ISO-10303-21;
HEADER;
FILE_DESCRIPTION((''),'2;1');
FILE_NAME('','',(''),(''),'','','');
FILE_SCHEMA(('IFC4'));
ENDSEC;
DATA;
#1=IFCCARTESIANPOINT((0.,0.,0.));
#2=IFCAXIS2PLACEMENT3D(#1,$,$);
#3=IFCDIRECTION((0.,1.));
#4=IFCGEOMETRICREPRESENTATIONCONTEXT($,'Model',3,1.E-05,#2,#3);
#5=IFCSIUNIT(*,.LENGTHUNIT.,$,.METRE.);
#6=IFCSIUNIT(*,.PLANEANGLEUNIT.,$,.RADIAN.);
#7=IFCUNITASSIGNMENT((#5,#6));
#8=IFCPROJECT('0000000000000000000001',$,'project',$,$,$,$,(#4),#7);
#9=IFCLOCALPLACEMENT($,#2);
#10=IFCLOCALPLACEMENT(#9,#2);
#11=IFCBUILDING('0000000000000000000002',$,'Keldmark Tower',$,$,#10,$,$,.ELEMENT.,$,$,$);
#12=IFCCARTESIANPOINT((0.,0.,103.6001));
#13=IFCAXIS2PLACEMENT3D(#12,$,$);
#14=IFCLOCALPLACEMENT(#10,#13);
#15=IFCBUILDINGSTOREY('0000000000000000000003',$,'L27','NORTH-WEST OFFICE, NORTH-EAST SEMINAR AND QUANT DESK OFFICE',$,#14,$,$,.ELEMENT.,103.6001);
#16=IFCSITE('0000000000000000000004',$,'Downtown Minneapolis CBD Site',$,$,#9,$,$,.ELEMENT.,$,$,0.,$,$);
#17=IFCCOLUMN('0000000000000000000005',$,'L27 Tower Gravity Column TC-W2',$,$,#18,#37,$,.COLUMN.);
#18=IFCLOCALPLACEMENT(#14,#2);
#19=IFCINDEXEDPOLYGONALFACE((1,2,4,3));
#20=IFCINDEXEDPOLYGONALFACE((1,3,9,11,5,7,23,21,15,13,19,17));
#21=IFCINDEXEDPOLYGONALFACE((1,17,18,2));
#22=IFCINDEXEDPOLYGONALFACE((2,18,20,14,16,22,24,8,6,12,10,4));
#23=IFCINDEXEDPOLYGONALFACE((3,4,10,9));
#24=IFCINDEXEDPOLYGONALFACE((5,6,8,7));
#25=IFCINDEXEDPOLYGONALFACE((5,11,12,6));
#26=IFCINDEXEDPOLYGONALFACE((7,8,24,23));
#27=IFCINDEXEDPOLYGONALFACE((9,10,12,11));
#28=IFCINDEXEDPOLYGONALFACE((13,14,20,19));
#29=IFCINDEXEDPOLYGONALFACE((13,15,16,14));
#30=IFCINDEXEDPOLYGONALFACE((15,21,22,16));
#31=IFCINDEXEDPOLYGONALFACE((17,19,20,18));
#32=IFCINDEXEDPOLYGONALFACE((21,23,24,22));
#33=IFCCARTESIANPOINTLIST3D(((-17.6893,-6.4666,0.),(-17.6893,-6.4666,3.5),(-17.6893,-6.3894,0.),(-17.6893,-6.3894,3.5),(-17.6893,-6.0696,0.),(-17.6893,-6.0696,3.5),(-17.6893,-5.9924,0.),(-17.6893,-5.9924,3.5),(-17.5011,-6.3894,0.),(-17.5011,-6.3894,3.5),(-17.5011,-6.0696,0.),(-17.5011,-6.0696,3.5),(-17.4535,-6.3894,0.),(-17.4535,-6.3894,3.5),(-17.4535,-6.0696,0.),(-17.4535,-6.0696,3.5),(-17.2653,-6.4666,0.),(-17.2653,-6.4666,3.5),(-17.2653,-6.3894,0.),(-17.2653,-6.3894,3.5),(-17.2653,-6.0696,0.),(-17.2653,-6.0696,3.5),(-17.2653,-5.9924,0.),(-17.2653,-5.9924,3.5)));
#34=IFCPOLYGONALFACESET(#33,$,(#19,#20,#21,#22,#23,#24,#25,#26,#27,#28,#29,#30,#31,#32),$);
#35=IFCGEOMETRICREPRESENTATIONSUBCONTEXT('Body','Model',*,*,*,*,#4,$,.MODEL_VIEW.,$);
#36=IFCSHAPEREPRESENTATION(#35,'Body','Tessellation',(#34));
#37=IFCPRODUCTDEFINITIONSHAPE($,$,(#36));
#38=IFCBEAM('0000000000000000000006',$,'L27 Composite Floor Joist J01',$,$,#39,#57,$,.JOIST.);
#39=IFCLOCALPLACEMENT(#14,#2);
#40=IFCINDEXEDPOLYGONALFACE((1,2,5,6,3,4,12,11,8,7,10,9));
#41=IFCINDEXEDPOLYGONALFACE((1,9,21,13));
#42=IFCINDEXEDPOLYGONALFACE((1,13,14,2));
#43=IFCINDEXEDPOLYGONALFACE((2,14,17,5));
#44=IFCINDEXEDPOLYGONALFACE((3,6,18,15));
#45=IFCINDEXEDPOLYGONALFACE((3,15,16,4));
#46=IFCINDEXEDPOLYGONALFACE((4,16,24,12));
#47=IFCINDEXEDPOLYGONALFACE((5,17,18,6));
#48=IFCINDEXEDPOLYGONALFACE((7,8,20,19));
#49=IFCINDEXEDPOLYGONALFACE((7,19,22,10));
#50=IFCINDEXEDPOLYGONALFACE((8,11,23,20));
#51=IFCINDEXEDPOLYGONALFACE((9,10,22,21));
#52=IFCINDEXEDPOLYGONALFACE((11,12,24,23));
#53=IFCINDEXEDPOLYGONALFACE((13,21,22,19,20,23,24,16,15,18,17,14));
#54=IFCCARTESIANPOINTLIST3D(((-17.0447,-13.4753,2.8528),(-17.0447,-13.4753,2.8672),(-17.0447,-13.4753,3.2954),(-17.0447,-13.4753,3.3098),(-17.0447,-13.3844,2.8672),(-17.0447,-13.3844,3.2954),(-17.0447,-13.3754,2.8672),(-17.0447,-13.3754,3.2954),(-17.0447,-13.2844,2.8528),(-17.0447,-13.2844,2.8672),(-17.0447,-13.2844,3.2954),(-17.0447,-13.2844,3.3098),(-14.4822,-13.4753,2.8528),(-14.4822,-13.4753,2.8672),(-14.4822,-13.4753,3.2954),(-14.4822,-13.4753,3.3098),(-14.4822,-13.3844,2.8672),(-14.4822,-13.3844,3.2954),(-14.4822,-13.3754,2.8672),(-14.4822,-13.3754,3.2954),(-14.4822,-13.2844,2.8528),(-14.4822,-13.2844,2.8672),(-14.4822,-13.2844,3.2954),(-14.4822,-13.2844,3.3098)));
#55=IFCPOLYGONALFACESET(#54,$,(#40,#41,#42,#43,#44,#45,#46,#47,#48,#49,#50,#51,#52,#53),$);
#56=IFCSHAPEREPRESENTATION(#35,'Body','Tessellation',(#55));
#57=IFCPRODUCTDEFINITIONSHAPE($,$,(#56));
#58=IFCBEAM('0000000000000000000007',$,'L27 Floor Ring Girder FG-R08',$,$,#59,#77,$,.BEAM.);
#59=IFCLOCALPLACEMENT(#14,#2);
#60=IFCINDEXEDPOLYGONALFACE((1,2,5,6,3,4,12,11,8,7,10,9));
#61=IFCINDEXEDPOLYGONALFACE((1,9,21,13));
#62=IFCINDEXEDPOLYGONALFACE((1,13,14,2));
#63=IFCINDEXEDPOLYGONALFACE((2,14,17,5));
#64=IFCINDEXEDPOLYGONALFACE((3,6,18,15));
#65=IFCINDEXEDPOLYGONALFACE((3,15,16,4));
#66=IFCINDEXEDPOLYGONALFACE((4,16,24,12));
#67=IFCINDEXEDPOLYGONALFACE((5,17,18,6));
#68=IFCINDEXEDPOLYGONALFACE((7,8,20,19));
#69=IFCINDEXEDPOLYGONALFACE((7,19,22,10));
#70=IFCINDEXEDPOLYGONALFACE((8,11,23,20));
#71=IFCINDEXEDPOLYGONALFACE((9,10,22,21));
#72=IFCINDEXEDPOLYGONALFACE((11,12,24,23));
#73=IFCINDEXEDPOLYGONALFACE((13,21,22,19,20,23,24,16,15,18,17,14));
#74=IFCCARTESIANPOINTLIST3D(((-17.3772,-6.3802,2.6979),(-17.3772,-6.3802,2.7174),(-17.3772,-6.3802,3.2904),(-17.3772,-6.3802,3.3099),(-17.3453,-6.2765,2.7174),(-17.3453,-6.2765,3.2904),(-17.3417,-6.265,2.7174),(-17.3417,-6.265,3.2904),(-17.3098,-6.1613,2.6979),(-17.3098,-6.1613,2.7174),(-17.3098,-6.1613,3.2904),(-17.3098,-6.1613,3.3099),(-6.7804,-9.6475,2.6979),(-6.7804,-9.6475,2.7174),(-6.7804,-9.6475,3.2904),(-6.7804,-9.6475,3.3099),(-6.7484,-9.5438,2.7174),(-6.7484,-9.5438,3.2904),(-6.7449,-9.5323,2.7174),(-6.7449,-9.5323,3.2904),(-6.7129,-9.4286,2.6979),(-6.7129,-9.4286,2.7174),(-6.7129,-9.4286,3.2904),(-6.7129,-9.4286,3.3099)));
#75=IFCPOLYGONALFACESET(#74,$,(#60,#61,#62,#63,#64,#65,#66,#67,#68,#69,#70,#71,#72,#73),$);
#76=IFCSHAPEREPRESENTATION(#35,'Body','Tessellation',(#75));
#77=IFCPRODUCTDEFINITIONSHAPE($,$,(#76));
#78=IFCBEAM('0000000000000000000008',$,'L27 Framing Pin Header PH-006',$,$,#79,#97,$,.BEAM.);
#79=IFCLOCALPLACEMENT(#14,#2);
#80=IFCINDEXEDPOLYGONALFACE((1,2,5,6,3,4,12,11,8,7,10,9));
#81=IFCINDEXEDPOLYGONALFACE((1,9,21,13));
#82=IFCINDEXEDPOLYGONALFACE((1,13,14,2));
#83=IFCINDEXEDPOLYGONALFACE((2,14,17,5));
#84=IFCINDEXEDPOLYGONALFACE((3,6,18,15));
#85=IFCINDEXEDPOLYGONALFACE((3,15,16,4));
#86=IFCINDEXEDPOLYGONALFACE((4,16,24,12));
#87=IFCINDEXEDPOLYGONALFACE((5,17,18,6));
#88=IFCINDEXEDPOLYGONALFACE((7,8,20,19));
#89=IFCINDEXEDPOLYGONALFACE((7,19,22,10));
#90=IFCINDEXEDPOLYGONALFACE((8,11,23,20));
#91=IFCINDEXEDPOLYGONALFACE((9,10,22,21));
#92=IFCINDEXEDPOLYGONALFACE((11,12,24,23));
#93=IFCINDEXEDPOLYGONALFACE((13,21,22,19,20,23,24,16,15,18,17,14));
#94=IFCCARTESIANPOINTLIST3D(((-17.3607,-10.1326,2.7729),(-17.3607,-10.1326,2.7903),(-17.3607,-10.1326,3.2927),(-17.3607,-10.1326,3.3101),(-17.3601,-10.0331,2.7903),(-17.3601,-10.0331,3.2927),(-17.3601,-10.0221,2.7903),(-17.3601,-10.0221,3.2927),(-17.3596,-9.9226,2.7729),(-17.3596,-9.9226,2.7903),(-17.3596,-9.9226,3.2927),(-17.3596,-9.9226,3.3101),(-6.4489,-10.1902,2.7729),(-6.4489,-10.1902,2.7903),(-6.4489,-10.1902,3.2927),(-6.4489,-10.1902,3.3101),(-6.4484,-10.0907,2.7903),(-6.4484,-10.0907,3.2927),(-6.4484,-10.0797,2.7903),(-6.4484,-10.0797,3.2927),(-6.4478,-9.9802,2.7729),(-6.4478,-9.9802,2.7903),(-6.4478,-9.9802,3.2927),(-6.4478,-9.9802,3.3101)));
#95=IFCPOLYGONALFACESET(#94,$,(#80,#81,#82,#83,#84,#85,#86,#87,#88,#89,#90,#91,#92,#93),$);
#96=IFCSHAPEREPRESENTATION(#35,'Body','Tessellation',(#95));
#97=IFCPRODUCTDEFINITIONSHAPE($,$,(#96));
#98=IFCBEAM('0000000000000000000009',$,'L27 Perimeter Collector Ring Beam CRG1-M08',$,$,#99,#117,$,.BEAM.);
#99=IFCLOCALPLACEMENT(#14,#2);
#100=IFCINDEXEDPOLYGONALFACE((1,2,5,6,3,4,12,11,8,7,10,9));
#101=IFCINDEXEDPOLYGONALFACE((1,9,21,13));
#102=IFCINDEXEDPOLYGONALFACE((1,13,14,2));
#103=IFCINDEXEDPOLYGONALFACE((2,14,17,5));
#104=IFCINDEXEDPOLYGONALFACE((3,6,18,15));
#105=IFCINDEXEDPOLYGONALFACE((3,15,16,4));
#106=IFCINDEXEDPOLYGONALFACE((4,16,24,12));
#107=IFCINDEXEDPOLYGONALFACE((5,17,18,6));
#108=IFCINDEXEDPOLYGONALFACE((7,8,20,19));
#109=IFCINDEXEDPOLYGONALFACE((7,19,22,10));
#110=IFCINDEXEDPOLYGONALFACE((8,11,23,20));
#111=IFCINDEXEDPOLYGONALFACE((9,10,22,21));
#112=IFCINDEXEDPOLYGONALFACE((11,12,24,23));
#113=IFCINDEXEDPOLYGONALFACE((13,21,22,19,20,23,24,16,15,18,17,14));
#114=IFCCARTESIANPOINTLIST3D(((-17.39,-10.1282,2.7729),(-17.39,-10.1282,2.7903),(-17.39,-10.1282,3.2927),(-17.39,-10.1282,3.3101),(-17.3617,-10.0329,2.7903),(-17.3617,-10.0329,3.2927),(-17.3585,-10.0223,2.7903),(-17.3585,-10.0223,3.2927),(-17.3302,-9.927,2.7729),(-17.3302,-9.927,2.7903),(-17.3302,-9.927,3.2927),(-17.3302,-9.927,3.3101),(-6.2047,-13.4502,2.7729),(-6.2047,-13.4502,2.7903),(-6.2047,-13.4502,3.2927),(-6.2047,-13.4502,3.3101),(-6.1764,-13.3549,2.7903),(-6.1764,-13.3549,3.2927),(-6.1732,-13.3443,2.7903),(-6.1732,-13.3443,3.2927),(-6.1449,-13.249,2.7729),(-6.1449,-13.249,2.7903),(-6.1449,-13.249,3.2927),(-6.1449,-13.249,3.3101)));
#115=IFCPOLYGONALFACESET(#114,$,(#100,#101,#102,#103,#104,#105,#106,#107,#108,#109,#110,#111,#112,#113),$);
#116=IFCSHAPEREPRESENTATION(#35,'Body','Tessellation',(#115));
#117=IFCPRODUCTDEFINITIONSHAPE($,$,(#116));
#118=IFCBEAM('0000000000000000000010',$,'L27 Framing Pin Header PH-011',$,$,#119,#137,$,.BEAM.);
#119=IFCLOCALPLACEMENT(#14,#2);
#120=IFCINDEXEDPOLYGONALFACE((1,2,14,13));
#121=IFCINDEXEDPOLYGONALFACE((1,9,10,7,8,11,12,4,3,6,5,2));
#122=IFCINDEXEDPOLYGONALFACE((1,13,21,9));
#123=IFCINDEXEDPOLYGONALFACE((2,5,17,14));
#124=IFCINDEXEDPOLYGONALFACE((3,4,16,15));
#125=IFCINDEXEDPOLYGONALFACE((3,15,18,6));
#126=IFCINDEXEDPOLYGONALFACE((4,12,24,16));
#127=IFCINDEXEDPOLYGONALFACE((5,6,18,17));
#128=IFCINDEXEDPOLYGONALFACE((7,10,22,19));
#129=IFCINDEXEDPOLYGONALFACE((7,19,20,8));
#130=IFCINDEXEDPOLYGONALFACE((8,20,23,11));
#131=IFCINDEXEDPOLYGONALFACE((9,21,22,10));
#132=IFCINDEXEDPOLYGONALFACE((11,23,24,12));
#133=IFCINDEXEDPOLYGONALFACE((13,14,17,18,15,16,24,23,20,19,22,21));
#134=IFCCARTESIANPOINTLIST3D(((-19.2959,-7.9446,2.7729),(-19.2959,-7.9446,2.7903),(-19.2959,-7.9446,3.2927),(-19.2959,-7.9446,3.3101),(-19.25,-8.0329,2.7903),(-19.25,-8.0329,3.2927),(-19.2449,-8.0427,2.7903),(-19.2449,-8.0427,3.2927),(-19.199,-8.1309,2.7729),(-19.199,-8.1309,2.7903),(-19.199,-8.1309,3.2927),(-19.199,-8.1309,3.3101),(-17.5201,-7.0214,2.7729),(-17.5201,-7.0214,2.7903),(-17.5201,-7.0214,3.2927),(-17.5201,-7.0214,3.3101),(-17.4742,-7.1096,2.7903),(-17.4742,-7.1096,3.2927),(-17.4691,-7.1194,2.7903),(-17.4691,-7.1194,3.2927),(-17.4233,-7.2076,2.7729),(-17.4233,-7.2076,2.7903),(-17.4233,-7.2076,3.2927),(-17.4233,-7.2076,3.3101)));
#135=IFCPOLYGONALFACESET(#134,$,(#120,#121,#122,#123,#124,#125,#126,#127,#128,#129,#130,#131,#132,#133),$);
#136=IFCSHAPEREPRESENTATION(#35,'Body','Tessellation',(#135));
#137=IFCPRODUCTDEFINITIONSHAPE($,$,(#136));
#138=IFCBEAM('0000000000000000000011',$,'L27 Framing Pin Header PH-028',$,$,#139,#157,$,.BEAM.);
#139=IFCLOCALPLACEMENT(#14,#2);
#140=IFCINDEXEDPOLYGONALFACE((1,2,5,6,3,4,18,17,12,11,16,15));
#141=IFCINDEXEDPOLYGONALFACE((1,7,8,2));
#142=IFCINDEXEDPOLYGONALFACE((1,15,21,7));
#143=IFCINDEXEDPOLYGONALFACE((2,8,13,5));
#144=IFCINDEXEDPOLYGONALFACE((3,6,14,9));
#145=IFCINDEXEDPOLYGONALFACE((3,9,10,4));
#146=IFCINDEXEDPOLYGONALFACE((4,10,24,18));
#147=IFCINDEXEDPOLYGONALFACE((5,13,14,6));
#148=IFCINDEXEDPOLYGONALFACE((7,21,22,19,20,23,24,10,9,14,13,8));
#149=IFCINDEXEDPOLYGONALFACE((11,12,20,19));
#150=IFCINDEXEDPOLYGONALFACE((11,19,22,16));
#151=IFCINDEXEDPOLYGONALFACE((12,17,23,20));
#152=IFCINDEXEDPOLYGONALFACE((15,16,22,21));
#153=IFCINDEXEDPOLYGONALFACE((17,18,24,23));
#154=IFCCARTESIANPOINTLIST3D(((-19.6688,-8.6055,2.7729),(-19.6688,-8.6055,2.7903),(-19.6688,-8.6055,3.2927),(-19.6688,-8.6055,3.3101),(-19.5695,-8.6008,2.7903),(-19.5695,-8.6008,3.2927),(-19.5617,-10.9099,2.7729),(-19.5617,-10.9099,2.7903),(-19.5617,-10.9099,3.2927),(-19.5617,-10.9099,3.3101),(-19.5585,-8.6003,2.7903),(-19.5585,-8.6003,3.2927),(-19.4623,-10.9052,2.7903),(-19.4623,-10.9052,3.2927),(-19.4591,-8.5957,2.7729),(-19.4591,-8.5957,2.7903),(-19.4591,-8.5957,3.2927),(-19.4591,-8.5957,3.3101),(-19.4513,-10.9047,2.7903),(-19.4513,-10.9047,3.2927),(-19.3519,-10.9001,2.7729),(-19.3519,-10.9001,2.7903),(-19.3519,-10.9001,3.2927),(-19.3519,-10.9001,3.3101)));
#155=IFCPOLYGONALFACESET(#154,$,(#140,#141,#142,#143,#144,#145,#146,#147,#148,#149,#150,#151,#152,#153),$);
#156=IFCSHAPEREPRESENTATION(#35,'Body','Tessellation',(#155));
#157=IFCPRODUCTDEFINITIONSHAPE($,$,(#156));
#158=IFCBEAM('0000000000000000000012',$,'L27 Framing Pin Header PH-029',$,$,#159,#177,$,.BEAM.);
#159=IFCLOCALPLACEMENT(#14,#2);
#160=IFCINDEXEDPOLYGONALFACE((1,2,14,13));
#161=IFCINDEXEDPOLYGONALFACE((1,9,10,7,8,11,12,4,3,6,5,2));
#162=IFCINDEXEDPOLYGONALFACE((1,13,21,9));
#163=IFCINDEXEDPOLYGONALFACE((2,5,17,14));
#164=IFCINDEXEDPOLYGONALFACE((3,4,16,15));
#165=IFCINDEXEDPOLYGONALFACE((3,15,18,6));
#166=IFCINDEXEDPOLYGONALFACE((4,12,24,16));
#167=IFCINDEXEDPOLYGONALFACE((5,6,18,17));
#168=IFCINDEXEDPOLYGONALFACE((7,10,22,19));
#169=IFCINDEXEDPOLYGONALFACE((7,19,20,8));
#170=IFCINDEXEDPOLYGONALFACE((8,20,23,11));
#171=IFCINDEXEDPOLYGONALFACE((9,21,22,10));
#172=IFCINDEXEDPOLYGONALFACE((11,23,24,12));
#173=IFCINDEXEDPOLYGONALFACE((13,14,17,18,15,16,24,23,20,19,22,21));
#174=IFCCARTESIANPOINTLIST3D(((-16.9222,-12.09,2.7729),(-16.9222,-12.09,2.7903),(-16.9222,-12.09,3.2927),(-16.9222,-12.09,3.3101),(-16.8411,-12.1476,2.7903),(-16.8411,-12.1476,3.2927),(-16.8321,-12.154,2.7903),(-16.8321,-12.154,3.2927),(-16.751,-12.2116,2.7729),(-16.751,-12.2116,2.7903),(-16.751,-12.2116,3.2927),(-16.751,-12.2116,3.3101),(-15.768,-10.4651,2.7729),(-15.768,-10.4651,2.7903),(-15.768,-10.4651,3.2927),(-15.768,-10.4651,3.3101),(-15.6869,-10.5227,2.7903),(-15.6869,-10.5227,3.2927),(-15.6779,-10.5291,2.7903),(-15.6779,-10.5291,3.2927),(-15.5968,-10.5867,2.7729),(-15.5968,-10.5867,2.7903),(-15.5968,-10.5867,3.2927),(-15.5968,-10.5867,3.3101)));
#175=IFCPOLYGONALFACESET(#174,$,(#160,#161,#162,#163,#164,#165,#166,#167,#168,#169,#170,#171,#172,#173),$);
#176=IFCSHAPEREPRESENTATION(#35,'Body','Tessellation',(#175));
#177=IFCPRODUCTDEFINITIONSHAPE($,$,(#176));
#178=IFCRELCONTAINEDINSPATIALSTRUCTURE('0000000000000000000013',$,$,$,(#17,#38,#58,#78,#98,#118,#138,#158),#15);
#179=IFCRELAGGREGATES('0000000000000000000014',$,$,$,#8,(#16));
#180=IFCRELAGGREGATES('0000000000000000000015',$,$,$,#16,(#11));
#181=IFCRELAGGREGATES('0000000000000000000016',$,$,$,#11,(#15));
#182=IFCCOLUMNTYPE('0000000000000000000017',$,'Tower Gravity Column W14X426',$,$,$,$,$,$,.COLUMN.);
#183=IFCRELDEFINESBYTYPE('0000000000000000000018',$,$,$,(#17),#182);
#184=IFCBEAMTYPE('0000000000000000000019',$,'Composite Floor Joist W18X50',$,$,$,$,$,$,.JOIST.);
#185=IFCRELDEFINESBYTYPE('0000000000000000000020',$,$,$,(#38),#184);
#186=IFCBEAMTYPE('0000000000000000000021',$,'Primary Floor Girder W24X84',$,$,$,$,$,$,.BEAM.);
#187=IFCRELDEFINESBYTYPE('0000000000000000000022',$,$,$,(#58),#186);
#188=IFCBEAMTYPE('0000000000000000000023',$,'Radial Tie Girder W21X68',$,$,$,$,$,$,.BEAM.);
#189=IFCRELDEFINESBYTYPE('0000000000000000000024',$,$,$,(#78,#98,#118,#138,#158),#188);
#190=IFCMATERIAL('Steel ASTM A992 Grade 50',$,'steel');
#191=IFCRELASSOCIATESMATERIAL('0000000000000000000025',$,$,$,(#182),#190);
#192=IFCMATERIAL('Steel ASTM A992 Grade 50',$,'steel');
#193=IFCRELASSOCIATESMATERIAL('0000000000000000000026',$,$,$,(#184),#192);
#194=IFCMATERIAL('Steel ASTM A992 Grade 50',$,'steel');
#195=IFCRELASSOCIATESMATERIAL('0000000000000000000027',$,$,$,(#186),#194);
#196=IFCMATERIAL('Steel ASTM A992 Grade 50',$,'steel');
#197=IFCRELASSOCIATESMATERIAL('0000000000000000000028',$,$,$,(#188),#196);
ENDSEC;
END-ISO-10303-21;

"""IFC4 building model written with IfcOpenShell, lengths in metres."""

from ifc_helpers import new_model, si_unit, direction, frame, origin, origin_2d, place, context, subcontext, project, spatial, i_section, extrude, material, material_profile, profile_set, type_object, element, save


model = new_model("IFC4")

# Units and contexts
model_context = context("Model", 3, precision=1e-05, world=origin(), true_north=direction((0.0, 1.0)))
body_context = subcontext(model_context, "Body", "Model", "MODEL_VIEW")
ifc_project = project(units=[si_unit("LENGTHUNIT", "METRE"), si_unit("PLANEANGLEUNIT", "RADIAN")], contexts=[model_context])

# Site, building, storey
site_placement = place(None, origin())
site = spatial("IfcSite", under=ifc_project, at=site_placement, Name="Downtown Minneapolis CBD Site", CompositionType="ELEMENT", RefElevation=0.0)
building_placement = place(site_placement, origin())
building = spatial("IfcBuilding", under=site, at=building_placement, Name="Keldmark Tower", CompositionType="ELEMENT")
storey_placement = place(building_placement, frame((0.0, 0.0, 103.6001)))
storey = spatial("IfcBuildingStorey", under=building, at=storey_placement, Name="L27", Description="NORTH-WEST OFFICE, NORTH-EAST SEMINAR AND QUANT DESK OFFICE", CompositionType="ELEMENT", Elevation=103.6001)

# Column
ifc_material_1 = material(Name="Steel ASTM A992 Grade 50", Category="steel")
ifc_material_profile_1 = material_profile(ifc_material_1, i_section(OverallWidth=0.4241, OverallDepth=0.4741, WebThickness=0.0476, FlangeThickness=0.0771, at=origin_2d()), Name="W14X426")
ifc_profile_set_1 = profile_set([ifc_material_profile_1], Name="Steel ASTM A992 Grade 50")
column_type = type_object("IfcColumnType", Name="Tower Gravity Column W14X426", PredefinedType="COLUMN", material=ifc_profile_set_1)
column_placement = place(storey_placement, frame((-17.4773, -6.2295, 0.0), z_axis=(0.0, 0.0, 1.0), x_axis=(1.0, 0.0, 0.0)))
element("IfcColumn", 1, at=column_placement, inside=storey, type_object=column_type, Name="L27 Tower Gravity Column TC-W2", PredefinedType="COLUMN", context=body_context, shape_type="SweptSolid", body=[
    extrude(i_section(OverallWidth=0.4241, OverallDepth=0.4741, WebThickness=0.0476, FlangeThickness=0.0771, at=origin_2d()), origin(), (0.0, 0.0, 1.0), 3.5),
])

# Beams
ifc_material_2 = material(Name="Steel ASTM A992 Grade 50", Category="steel")
ifc_material_profile_2 = material_profile(ifc_material_2, i_section(OverallWidth=0.1909, OverallDepth=0.457, WebThickness=0.009, FlangeThickness=0.0144, at=origin_2d()), Name="W18X50")
ifc_profile_set_2 = profile_set([ifc_material_profile_2], Name="Steel ASTM A992 Grade 50")
beam_type_1 = type_object("IfcBeamType", Name="Composite Floor Joist W18X50", PredefinedType="JOIST", material=ifc_profile_set_2)
beam_1_placement = place(storey_placement, frame((-17.0447, -13.3799, 3.0813), z_axis=(1.0, 0.0, 0.0), x_axis=(0.0, 1.0, 0.0)))
element("IfcBeam", 2, at=beam_1_placement, inside=storey, type_object=beam_type_1, Name="L27 Composite Floor Joist J01", PredefinedType="JOIST", context=body_context, shape_type="SweptSolid", body=[
    extrude(i_section(OverallWidth=0.1909, OverallDepth=0.457, WebThickness=0.009, FlangeThickness=0.0144, at=origin_2d()), origin(), (0.0, 0.0, 1.0), 2.5625),
])
ifc_material_3 = material(Name="Steel ASTM A992 Grade 50", Category="steel")
ifc_material_profile_3 = material_profile(ifc_material_3, i_section(OverallWidth=0.229, OverallDepth=0.6121, WebThickness=0.012, FlangeThickness=0.0195, at=origin_2d()), Name="W24X84")
ifc_profile_set_3 = profile_set([ifc_material_profile_3], Name="Steel ASTM A992 Grade 50")
beam_type_2 = type_object("IfcBeamType", Name="Primary Floor Girder W24X84", PredefinedType="BEAM", material=ifc_profile_set_3)
beam_2_placement = place(storey_placement, frame((-17.3435, -6.2708, 3.0039), z_axis=(0.955608, -0.294641, 0.0), x_axis=(0.294641, 0.955608, 0.0)))
element("IfcBeam", 3, at=beam_2_placement, inside=storey, type_object=beam_type_2, Name="L27 Floor Ring Girder FG-R08", PredefinedType="BEAM", context=body_context, shape_type="SweptSolid", body=[
    extrude(i_section(OverallWidth=0.229, OverallDepth=0.6121, WebThickness=0.012, FlangeThickness=0.0195, at=origin_2d()), origin(), (0.0, 0.0, 1.0), 11.0891),
])
ifc_material_4 = material(Name="Steel ASTM A992 Grade 50", Category="steel")
ifc_material_profile_4 = material_profile(ifc_material_4, i_section(OverallWidth=0.21, OverallDepth=0.5371, WebThickness=0.011, FlangeThickness=0.0173, at=origin_2d()), Name="W21X68")
ifc_profile_set_4 = profile_set([ifc_material_profile_4], Name="Steel ASTM A992 Grade 50")
beam_type_3 = type_object("IfcBeamType", Name="Radial Tie Girder W21X68", PredefinedType="BEAM", material=ifc_profile_set_4)
beam_3_placement = place(storey_placement, frame((-17.3601, -10.0276, 3.0415), z_axis=(0.999986, -0.00528, 0.0), x_axis=(0.00528, 0.999986, 0.0)))
element("IfcBeam", 4, at=beam_3_placement, inside=storey, type_object=beam_type_3, Name="L27 Framing Pin Header PH-006", PredefinedType="BEAM", context=body_context, shape_type="SweptSolid", body=[
    extrude(i_section(OverallWidth=0.21, OverallDepth=0.5371, WebThickness=0.011, FlangeThickness=0.0173, at=origin_2d()), origin(), (0.0, 0.0, 1.0), 10.9119),
])
beam_4_placement = place(storey_placement, frame((-17.3601, -10.0276, 3.0415), z_axis=(0.958614, -0.284707, 0.0), x_axis=(0.284707, 0.958614, 0.0)))
element("IfcBeam", 5, at=beam_4_placement, inside=storey, type_object=beam_type_3, Name="L27 Perimeter Collector Ring Beam CRG1-M08", PredefinedType="BEAM", context=body_context, shape_type="SweptSolid", body=[
    extrude(i_section(OverallWidth=0.21, OverallDepth=0.5371, WebThickness=0.011, FlangeThickness=0.0173, at=origin_2d()), origin(), (0.0, 0.0, 1.0), 11.6682),
])
beam_5_placement = place(storey_placement, frame((-17.4717, -7.1145, 3.0415), z_axis=(-0.887241, -0.461307, 0.0), x_axis=(0.461307, -0.887241, 0.0)))
element("IfcBeam", 6, at=beam_5_placement, inside=storey, type_object=beam_type_3, Name="L27 Framing Pin Header PH-011", PredefinedType="BEAM", context=body_context, shape_type="SweptSolid", body=[
    extrude(i_section(OverallWidth=0.21, OverallDepth=0.5371, WebThickness=0.011, FlangeThickness=0.0173, at=origin_2d()), origin(), (0.0, 0.0, 1.0), 2.0015),
])
beam_6_placement = place(storey_placement, frame((-19.564, -8.6006, 3.0415), z_axis=(0.046459, -0.99892, 0.0), x_axis=(0.99892, 0.046459, 0.0)))
element("IfcBeam", 7, at=beam_6_placement, inside=storey, type_object=beam_type_3, Name="L27 Framing Pin Header PH-028", PredefinedType="BEAM", context=body_context, shape_type="SweptSolid", body=[
    extrude(i_section(OverallWidth=0.21, OverallDepth=0.5371, WebThickness=0.011, FlangeThickness=0.0173, at=origin_2d()), origin(), (0.0, 0.0, 1.0), 2.3069),
])
beam_7_placement = place(storey_placement, frame((-15.6824, -10.5259, 3.0415), z_axis=(-0.579104, -0.815253, 0.0), x_axis=(0.815253, -0.579104, 0.0)))
element("IfcBeam", 8, at=beam_7_placement, inside=storey, type_object=beam_type_3, Name="L27 Framing Pin Header PH-029", PredefinedType="BEAM", context=body_context, shape_type="SweptSolid", body=[
    extrude(i_section(OverallWidth=0.21, OverallDepth=0.5371, WebThickness=0.011, FlangeThickness=0.0173, at=origin_2d()), origin(), (0.0, 0.0, 1.0), 1.9932),
])

save(model, "model.ifc")
